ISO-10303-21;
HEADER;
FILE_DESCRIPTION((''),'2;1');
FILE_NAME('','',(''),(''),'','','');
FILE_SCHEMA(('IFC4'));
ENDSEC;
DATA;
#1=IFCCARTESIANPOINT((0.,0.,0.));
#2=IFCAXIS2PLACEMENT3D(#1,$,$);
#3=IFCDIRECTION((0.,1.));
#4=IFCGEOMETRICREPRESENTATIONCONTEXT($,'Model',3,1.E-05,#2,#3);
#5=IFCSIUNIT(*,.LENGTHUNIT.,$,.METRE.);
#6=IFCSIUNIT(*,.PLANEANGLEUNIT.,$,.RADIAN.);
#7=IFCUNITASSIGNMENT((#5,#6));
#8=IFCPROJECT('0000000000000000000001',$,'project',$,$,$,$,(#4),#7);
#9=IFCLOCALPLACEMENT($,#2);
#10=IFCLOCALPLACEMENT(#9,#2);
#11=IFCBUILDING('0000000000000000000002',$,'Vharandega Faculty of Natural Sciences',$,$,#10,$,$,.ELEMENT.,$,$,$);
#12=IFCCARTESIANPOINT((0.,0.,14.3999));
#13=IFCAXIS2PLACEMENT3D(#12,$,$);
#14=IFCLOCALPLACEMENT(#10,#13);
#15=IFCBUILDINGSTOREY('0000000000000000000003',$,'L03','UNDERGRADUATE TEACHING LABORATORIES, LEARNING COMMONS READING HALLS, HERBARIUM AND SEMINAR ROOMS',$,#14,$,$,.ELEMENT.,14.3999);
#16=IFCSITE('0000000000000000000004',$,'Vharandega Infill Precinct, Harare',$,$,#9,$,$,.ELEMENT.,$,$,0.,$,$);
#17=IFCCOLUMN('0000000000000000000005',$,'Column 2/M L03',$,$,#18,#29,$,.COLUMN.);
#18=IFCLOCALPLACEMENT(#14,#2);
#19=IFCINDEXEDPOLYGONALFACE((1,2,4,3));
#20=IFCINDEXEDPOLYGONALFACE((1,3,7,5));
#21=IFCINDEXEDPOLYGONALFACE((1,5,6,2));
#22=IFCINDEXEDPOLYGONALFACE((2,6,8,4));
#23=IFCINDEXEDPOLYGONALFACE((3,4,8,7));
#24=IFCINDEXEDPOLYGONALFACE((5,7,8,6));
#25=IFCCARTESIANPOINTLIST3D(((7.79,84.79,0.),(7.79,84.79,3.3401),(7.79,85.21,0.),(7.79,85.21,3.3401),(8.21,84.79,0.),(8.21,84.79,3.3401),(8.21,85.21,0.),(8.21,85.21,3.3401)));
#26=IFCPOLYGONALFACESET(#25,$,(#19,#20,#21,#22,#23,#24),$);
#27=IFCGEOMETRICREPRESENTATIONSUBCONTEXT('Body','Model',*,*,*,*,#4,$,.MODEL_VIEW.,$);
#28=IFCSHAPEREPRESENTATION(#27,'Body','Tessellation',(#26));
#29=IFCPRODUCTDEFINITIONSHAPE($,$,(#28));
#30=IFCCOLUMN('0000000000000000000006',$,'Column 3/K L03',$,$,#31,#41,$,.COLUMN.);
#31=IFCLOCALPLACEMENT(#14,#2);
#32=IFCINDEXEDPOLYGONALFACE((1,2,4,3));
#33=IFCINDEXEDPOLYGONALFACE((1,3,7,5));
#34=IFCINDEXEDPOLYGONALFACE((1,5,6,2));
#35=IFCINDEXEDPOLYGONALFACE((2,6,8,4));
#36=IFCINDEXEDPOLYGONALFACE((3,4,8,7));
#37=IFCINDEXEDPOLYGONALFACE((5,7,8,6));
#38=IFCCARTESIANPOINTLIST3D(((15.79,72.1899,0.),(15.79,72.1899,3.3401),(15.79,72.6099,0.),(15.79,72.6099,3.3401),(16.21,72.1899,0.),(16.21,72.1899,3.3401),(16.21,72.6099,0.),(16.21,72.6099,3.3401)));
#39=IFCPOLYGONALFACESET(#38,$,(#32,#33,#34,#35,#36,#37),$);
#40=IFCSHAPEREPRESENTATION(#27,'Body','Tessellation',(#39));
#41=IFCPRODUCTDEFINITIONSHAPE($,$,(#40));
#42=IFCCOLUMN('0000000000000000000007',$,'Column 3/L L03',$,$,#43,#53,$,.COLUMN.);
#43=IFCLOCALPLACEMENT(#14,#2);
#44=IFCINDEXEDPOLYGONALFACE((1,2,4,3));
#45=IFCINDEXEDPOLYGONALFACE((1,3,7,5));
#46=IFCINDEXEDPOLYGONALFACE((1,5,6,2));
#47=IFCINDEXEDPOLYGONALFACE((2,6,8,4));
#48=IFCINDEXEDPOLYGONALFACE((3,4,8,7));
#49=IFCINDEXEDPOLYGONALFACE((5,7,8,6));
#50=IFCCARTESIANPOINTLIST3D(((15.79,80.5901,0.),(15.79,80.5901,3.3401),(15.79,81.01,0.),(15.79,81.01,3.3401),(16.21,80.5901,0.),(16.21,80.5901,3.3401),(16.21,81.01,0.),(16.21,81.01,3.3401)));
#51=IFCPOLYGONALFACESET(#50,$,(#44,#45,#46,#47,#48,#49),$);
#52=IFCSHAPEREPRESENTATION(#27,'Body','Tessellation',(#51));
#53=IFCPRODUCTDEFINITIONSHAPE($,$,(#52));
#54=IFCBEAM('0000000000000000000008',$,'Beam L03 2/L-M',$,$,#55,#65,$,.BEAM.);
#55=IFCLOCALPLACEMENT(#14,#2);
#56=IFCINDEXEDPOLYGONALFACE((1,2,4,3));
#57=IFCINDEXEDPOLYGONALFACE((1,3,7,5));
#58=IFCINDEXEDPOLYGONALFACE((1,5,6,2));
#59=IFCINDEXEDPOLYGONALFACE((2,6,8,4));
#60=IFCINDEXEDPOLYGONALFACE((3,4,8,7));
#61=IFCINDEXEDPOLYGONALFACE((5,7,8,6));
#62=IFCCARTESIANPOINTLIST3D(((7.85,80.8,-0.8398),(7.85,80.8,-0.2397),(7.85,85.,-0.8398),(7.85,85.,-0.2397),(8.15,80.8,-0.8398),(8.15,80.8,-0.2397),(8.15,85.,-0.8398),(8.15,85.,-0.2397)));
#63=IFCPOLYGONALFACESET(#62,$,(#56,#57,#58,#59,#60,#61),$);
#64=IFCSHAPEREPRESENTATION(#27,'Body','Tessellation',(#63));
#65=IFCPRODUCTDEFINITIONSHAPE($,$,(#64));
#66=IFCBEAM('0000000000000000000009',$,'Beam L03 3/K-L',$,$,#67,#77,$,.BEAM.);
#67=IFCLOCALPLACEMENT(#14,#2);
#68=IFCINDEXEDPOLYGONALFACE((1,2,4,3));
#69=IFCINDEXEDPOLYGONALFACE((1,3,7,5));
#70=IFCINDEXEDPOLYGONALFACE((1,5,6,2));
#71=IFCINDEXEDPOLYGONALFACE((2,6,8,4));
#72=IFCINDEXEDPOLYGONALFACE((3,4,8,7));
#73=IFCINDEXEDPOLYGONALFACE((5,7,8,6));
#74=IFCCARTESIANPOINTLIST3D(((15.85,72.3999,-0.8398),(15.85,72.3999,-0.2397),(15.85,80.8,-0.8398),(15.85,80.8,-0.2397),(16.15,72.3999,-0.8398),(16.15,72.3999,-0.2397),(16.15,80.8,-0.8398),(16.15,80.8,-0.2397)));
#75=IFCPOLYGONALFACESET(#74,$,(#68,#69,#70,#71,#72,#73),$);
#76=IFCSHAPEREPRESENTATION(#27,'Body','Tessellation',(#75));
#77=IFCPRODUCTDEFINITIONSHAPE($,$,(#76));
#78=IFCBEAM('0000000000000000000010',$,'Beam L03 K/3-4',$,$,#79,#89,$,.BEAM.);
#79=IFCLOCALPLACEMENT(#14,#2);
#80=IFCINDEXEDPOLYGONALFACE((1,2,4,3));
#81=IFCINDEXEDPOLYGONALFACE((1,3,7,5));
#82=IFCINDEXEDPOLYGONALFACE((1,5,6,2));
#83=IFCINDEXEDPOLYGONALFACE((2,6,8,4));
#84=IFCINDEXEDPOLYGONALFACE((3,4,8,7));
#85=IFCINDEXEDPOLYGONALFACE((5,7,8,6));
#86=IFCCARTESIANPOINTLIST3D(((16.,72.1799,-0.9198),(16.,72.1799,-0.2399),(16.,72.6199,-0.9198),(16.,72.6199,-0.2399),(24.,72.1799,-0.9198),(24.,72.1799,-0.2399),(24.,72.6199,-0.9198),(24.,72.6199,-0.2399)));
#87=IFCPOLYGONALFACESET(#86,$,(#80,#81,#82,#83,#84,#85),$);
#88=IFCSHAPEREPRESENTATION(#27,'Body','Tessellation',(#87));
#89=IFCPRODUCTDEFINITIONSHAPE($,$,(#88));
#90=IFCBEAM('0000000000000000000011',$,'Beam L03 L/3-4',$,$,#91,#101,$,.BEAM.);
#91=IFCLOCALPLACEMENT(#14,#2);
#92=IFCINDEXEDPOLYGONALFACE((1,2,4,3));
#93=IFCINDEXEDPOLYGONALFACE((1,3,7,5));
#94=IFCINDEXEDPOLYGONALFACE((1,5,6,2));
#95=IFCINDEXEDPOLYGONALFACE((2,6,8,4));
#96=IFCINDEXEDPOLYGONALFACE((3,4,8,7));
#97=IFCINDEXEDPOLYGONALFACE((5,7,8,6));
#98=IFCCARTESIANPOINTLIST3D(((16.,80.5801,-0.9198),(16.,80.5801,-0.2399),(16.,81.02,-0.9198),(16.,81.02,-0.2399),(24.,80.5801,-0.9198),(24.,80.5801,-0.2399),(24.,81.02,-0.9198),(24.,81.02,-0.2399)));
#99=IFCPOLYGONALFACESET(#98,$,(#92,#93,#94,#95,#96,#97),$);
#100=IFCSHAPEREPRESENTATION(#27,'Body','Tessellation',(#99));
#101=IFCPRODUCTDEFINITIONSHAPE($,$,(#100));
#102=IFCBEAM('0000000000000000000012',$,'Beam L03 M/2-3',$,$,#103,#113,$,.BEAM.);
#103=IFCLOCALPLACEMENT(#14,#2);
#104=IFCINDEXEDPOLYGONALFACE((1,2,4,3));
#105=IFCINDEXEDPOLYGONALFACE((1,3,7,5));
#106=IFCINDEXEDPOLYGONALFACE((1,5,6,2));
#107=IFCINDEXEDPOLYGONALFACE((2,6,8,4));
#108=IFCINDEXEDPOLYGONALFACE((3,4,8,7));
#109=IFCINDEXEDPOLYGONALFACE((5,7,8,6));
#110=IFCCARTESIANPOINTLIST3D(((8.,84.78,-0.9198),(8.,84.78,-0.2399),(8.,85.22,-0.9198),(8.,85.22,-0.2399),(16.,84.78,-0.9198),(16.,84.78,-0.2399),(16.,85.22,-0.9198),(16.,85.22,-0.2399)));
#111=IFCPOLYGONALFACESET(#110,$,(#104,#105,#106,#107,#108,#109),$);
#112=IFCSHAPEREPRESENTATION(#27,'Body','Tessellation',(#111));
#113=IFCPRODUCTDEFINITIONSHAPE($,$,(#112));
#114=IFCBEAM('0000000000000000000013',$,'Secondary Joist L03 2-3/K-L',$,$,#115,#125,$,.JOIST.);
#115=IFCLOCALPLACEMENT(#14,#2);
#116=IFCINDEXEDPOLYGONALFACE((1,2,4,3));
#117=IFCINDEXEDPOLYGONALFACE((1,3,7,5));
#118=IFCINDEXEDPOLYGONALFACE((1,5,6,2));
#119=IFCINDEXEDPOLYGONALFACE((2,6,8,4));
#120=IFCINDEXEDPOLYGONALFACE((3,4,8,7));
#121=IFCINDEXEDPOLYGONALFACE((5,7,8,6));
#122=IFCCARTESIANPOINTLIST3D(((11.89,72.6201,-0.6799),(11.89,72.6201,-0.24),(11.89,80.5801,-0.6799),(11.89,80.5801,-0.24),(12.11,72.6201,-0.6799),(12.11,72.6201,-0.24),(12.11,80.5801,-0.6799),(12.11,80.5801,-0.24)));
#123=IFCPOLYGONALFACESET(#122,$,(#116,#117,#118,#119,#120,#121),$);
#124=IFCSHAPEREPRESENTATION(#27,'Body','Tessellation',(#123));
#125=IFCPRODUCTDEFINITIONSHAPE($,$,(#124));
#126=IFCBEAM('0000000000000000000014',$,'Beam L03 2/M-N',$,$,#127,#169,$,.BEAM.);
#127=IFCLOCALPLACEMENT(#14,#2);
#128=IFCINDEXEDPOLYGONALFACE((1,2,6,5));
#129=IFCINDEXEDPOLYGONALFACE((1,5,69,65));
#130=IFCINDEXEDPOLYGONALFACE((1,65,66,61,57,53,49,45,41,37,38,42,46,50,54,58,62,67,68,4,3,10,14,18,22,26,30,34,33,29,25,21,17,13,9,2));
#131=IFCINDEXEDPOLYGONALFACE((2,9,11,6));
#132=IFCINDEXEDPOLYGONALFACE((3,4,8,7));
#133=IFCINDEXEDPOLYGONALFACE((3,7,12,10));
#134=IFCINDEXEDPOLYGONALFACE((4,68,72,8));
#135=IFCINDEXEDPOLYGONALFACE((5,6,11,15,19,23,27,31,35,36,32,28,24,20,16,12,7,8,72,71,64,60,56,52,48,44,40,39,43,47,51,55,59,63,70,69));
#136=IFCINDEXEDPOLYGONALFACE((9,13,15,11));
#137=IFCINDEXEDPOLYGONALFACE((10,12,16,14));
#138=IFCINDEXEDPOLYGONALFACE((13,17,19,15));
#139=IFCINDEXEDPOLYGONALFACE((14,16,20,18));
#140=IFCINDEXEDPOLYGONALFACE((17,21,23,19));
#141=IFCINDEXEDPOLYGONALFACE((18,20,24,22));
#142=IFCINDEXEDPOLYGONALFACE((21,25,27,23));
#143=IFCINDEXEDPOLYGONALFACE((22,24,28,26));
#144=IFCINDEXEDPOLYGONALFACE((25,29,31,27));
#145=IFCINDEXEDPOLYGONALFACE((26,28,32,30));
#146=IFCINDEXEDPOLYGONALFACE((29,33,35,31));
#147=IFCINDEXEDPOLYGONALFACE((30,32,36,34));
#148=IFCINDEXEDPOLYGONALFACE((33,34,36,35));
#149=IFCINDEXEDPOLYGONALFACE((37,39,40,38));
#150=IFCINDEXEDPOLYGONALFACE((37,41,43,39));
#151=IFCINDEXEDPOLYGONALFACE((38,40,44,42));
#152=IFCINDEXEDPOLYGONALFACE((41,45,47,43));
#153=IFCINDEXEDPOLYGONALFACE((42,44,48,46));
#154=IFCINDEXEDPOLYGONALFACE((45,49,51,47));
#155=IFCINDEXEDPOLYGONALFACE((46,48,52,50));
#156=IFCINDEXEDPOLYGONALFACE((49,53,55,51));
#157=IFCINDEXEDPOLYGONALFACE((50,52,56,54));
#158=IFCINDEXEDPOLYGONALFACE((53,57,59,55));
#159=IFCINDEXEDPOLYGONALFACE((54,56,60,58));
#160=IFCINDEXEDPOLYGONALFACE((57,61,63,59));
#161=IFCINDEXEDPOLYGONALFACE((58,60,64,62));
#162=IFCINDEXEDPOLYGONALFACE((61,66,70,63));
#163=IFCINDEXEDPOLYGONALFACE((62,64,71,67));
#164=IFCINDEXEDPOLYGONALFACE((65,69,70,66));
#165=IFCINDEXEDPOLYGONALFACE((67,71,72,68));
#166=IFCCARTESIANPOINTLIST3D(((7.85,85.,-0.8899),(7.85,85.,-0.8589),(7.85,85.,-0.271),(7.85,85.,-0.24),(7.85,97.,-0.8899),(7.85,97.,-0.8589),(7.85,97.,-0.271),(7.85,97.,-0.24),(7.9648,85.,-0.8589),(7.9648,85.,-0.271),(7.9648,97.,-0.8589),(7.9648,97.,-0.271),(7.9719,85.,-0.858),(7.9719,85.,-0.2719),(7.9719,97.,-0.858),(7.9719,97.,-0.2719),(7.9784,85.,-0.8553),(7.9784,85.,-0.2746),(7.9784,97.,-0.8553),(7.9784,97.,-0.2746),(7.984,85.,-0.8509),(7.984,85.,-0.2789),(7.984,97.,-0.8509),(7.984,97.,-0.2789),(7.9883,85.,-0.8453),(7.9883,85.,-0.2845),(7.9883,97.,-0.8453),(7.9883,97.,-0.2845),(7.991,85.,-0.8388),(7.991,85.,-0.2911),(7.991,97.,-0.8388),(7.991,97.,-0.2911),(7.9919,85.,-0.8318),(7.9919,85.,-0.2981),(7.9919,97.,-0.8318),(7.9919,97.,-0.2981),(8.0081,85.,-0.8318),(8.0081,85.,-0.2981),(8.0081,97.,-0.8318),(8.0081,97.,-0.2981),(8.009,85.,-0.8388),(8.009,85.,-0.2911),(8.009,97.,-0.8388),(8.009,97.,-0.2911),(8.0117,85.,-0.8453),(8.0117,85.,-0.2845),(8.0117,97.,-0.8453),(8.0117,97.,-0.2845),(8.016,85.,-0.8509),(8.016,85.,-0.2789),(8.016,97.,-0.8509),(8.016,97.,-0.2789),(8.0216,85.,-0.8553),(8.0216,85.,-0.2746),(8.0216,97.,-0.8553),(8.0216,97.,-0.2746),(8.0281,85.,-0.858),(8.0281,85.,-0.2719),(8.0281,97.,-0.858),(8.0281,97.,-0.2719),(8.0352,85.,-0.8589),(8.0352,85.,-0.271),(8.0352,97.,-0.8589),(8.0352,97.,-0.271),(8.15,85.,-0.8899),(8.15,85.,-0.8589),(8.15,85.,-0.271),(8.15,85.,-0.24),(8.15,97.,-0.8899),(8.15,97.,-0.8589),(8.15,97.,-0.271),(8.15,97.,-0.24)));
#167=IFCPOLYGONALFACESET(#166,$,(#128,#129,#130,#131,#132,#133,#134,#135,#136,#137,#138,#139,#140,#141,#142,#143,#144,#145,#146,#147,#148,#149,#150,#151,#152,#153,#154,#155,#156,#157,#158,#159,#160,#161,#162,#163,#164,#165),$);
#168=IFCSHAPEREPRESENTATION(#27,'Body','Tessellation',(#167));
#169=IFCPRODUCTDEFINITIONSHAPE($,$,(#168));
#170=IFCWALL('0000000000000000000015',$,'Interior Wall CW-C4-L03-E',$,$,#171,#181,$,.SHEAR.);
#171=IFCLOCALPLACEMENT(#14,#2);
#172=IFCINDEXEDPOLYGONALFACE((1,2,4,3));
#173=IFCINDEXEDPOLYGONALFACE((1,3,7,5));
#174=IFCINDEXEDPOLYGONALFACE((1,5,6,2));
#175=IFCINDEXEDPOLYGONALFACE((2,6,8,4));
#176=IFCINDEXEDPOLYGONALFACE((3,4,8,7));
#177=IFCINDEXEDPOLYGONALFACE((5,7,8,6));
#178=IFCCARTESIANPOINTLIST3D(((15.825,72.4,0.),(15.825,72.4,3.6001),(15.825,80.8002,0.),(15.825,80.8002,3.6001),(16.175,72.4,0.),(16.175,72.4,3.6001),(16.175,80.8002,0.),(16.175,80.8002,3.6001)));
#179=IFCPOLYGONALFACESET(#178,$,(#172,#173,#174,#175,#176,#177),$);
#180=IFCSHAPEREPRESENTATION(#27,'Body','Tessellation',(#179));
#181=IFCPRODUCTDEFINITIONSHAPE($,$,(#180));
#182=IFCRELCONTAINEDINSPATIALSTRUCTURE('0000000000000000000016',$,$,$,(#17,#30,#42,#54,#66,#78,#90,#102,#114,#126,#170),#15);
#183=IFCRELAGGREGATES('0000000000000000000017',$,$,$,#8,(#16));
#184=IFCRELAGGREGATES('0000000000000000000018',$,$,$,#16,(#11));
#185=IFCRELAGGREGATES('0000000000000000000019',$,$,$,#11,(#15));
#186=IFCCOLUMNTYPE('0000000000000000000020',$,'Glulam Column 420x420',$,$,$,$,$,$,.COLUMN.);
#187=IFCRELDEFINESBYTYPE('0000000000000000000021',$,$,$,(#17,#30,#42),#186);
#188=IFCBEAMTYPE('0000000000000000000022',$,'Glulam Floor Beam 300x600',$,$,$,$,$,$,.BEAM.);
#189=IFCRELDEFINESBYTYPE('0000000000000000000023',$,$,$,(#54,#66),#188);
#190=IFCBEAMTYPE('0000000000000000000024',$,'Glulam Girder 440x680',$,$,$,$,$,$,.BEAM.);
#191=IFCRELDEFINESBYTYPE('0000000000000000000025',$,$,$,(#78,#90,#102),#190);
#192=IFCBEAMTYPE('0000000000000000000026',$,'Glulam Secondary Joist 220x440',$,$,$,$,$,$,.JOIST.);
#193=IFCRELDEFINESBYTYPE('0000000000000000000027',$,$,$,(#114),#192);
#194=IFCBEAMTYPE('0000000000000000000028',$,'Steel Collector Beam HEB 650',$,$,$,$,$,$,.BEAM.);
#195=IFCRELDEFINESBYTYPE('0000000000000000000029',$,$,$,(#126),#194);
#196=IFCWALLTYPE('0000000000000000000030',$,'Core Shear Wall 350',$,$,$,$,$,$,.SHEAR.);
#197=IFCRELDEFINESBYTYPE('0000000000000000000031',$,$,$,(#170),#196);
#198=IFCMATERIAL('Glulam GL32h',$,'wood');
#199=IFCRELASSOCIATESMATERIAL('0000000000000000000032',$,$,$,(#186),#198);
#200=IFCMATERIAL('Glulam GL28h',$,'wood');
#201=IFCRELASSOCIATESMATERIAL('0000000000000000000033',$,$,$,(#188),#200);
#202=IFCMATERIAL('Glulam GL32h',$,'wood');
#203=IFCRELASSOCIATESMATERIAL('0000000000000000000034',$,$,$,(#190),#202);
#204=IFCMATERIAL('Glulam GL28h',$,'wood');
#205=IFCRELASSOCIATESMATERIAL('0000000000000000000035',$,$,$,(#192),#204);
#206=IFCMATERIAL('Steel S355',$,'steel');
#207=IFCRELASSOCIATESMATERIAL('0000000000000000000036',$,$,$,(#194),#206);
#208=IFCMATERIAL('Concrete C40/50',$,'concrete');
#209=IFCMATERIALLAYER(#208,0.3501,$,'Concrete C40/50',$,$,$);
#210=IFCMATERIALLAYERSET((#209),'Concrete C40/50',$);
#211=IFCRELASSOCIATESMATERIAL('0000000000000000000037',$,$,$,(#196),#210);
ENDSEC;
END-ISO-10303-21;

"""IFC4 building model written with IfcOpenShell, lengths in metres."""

from ifc_helpers import new_model, si_unit, direction, frame, frame_2d, origin, origin_2d, place, context, subcontext, project, spatial, rectangle, i_section, extrude, material, layer, layer_set, material_profile, profile_set, type_object, element, save


model = new_model("IFC4")

# Units and contexts
model_context = context("Model", 3, precision=1e-05, world=origin(), true_north=direction((0.0, 1.0)))
body_context = subcontext(model_context, "Body", "Model", "MODEL_VIEW")
ifc_project = project(units=[si_unit("LENGTHUNIT", "METRE"), si_unit("PLANEANGLEUNIT", "RADIAN")], contexts=[model_context])

# Site, building, storey
site_placement = place(None, origin())
site = spatial("IfcSite", under=ifc_project, at=site_placement, Name="Vharandega Infill Precinct, Harare", CompositionType="ELEMENT", RefElevation=0.0)
building_placement = place(site_placement, origin())
building = spatial("IfcBuilding", under=site, at=building_placement, Name="Vharandega Faculty of Natural Sciences", CompositionType="ELEMENT")
storey_placement = place(building_placement, frame((0.0, 0.0, 14.3999)))
storey = spatial("IfcBuildingStorey", under=building, at=storey_placement, Name="L03", Description="UNDERGRADUATE TEACHING LABORATORIES, LEARNING COMMONS READING HALLS, HERBARIUM AND SEMINAR ROOMS", CompositionType="ELEMENT", Elevation=14.3999)

# Columns
ifc_material_1 = material(Name="Glulam GL32h", Category="wood")
ifc_material_profile_1 = material_profile(ifc_material_1, rectangle(XDim=0.4199, YDim=0.4199, at=origin_2d()), Name="GL32h 420x420")
ifc_profile_set_1 = profile_set([ifc_material_profile_1], Name="Glulam GL32h")
column_type = type_object("IfcColumnType", Name="Glulam Column 420x420", PredefinedType="COLUMN", material=ifc_profile_set_1)
for number, where, z_axis, x_axis, name in (
    (1, (8.0, 85.0, 0.0), (0.0, 0.0, 1.0), (1.0, 0.0, 0.0), "Column 2/M L03"),
    (2, (16.0, 72.3999, 0.0), (0.0, 0.0, 1.0), (1.0, 0.0, 0.0), "Column 3/K L03"),
    (3, (16.0, 80.8, 0.0), (0.0, 0.0, 1.0), (1.0, 0.0, 0.0), "Column 3/L L03"),
):
    element("IfcColumn", number, at=place(storey_placement, frame(where, z_axis=z_axis, x_axis=x_axis)), inside=storey, type_object=column_type, Name=name, PredefinedType="COLUMN", context=body_context, shape_type="SweptSolid", body=[
        extrude(rectangle(XDim=0.4199, YDim=0.4199, at=origin_2d()), origin(), (0.0, 0.0, 1.0), 3.3401),
    ])

# Beams
ifc_material_2 = material(Name="Glulam GL28h", Category="wood")
ifc_material_profile_2 = material_profile(ifc_material_2, rectangle(XDim=0.3, YDim=0.6001, at=origin_2d()), Name="GL28h 300x600")
ifc_profile_set_2 = profile_set([ifc_material_profile_2], Name="Glulam GL28h")
beam_type_1 = type_object("IfcBeamType", Name="Glulam Floor Beam 300x600", PredefinedType="BEAM", material=ifc_profile_set_2)
beam_1_placement = place(storey_placement, frame((8.0, 80.8, -0.5398), z_axis=(0.0, 1.0, 0.0), x_axis=(-1.0, 0.0, 0.0)))
element("IfcBeam", 4, at=beam_1_placement, inside=storey, type_object=beam_type_1, Name="Beam L03 2/L-M", PredefinedType="BEAM", context=body_context, shape_type="SweptSolid", body=[
    extrude(rectangle(XDim=0.3, YDim=0.6001, at=origin_2d()), origin(), (0.0, 0.0, 1.0), 4.2),
])
beam_2_placement = place(storey_placement, frame((16.0, 72.3999, -0.5398), z_axis=(0.0, 1.0, 0.0), x_axis=(-1.0, 0.0, 0.0)))
element("IfcBeam", 5, at=beam_2_placement, inside=storey, type_object=beam_type_1, Name="Beam L03 3/K-L", PredefinedType="BEAM", context=body_context, shape_type="SweptSolid", body=[
    extrude(rectangle(XDim=0.3, YDim=0.6001, at=origin_2d()), origin(), (0.0, 0.0, 1.0), 8.4001),
])
ifc_material_3 = material(Name="Glulam GL32h", Category="wood")
ifc_material_profile_3 = material_profile(ifc_material_3, rectangle(XDim=0.4399, YDim=0.6799, at=origin_2d()), Name="GL32h 440x680")
ifc_profile_set_3 = profile_set([ifc_material_profile_3], Name="Glulam GL32h")
beam_type_2 = type_object("IfcBeamType", Name="Glulam Girder 440x680", PredefinedType="BEAM", material=ifc_profile_set_3)
for number, where, z_axis, x_axis, name in (
    (6, (16.0, 72.3999, -0.5798), (1.0, 0.0, 0.0), (0.0, 1.0, 0.0), "Beam L03 K/3-4"),
    (7, (16.0, 80.8, -0.5798), (1.0, 0.0, 0.0), (0.0, 1.0, 0.0), "Beam L03 L/3-4"),
    (8, (8.0, 85.0, -0.5798), (1.0, 0.0, 0.0), (0.0, 1.0, 0.0), "Beam L03 M/2-3"),
):
    element("IfcBeam", number, at=place(storey_placement, frame(where, z_axis=z_axis, x_axis=x_axis)), inside=storey, type_object=beam_type_2, Name=name, PredefinedType="BEAM", context=body_context, shape_type="SweptSolid", body=[
        extrude(rectangle(XDim=0.4399, YDim=0.6799, at=origin_2d()), origin(), (0.0, 0.0, 1.0), 8.0),
    ])
ifc_material_4 = material(Name="Glulam GL28h", Category="wood")
ifc_material_profile_4 = material_profile(ifc_material_4, rectangle(XDim=0.22, YDim=0.4399, at=origin_2d()), Name="GL28h 220x440")
ifc_profile_set_4 = profile_set([ifc_material_profile_4], Name="Glulam GL28h")
beam_type_3 = type_object("IfcBeamType", Name="Glulam Secondary Joist 220x440", PredefinedType="JOIST", material=ifc_profile_set_4)
beam_3_placement = place(storey_placement, frame((12.0, 72.6201, -0.46), z_axis=(0.0, 1.0, 0.0), x_axis=(-1.0, 0.0, 0.0)))
element("IfcBeam", 9, at=beam_3_placement, inside=storey, type_object=beam_type_3, Name="Secondary Joist L03 2-3/K-L", PredefinedType="JOIST", context=body_context, shape_type="SweptSolid", body=[
    extrude(rectangle(XDim=0.22, YDim=0.4399, at=origin_2d()), origin(), (0.0, 0.0, 1.0), 7.96),
])
ifc_material_5 = material(Name="Steel S355", Category="steel")
ifc_material_profile_5 = material_profile(ifc_material_5, i_section(OverallWidth=0.3, OverallDepth=0.6499, WebThickness=0.0161, FlangeThickness=0.031, FilletRadius=0.0271, at=origin_2d()), Name="HEB 650")
ifc_profile_set_5 = profile_set([ifc_material_profile_5], Name="Steel S355")
beam_type_4 = type_object("IfcBeamType", Name="Steel Collector Beam HEB 650", PredefinedType="BEAM", material=ifc_profile_set_5)
beam_4_placement = place(storey_placement, frame((8.0, 85.0, -0.5649), z_axis=(0.0, 1.0, 0.0), x_axis=(-1.0, 0.0, 0.0)))
element("IfcBeam", 10, at=beam_4_placement, inside=storey, type_object=beam_type_4, Name="Beam L03 2/M-N", PredefinedType="BEAM", context=body_context, shape_type="SweptSolid", body=[
    extrude(i_section(OverallWidth=0.3, OverallDepth=0.6499, WebThickness=0.0161, FlangeThickness=0.031, FilletRadius=0.0271, at=origin_2d()), origin(), (0.0, 0.0, 1.0), 12.0),
])

# Wall
ifc_material_6 = material(Name="Concrete C40/50", Category="concrete")
ifc_layer_1 = layer(ifc_material_6, 0.3501, Name="Concrete C40/50")
ifc_layer_set_1 = layer_set([ifc_layer_1], Name="Concrete C40/50")
wall_type_1 = type_object("IfcWallType", Name="Core Shear Wall 350", PredefinedType="SHEAR", material=ifc_layer_set_1)
wall_1_placement = place(storey_placement, frame((16.0, 72.3999, 0.0), z_axis=(0.0, 0.0, 1.0), x_axis=(0.0, 1.0, 0.0)))
element("IfcWall", 11, at=wall_1_placement, inside=storey, type_object=wall_type_1, Name="Interior Wall CW-C4-L03-E", PredefinedType="SHEAR", context=body_context, shape_type="SweptSolid", body=[
    extrude(rectangle(XDim=8.4001, YDim=0.3501, at=frame_2d((4.2002, 0.0))), origin(), (0.0, 0.0, 1.0), 3.6001),
])

save(model, "model.ifc")
